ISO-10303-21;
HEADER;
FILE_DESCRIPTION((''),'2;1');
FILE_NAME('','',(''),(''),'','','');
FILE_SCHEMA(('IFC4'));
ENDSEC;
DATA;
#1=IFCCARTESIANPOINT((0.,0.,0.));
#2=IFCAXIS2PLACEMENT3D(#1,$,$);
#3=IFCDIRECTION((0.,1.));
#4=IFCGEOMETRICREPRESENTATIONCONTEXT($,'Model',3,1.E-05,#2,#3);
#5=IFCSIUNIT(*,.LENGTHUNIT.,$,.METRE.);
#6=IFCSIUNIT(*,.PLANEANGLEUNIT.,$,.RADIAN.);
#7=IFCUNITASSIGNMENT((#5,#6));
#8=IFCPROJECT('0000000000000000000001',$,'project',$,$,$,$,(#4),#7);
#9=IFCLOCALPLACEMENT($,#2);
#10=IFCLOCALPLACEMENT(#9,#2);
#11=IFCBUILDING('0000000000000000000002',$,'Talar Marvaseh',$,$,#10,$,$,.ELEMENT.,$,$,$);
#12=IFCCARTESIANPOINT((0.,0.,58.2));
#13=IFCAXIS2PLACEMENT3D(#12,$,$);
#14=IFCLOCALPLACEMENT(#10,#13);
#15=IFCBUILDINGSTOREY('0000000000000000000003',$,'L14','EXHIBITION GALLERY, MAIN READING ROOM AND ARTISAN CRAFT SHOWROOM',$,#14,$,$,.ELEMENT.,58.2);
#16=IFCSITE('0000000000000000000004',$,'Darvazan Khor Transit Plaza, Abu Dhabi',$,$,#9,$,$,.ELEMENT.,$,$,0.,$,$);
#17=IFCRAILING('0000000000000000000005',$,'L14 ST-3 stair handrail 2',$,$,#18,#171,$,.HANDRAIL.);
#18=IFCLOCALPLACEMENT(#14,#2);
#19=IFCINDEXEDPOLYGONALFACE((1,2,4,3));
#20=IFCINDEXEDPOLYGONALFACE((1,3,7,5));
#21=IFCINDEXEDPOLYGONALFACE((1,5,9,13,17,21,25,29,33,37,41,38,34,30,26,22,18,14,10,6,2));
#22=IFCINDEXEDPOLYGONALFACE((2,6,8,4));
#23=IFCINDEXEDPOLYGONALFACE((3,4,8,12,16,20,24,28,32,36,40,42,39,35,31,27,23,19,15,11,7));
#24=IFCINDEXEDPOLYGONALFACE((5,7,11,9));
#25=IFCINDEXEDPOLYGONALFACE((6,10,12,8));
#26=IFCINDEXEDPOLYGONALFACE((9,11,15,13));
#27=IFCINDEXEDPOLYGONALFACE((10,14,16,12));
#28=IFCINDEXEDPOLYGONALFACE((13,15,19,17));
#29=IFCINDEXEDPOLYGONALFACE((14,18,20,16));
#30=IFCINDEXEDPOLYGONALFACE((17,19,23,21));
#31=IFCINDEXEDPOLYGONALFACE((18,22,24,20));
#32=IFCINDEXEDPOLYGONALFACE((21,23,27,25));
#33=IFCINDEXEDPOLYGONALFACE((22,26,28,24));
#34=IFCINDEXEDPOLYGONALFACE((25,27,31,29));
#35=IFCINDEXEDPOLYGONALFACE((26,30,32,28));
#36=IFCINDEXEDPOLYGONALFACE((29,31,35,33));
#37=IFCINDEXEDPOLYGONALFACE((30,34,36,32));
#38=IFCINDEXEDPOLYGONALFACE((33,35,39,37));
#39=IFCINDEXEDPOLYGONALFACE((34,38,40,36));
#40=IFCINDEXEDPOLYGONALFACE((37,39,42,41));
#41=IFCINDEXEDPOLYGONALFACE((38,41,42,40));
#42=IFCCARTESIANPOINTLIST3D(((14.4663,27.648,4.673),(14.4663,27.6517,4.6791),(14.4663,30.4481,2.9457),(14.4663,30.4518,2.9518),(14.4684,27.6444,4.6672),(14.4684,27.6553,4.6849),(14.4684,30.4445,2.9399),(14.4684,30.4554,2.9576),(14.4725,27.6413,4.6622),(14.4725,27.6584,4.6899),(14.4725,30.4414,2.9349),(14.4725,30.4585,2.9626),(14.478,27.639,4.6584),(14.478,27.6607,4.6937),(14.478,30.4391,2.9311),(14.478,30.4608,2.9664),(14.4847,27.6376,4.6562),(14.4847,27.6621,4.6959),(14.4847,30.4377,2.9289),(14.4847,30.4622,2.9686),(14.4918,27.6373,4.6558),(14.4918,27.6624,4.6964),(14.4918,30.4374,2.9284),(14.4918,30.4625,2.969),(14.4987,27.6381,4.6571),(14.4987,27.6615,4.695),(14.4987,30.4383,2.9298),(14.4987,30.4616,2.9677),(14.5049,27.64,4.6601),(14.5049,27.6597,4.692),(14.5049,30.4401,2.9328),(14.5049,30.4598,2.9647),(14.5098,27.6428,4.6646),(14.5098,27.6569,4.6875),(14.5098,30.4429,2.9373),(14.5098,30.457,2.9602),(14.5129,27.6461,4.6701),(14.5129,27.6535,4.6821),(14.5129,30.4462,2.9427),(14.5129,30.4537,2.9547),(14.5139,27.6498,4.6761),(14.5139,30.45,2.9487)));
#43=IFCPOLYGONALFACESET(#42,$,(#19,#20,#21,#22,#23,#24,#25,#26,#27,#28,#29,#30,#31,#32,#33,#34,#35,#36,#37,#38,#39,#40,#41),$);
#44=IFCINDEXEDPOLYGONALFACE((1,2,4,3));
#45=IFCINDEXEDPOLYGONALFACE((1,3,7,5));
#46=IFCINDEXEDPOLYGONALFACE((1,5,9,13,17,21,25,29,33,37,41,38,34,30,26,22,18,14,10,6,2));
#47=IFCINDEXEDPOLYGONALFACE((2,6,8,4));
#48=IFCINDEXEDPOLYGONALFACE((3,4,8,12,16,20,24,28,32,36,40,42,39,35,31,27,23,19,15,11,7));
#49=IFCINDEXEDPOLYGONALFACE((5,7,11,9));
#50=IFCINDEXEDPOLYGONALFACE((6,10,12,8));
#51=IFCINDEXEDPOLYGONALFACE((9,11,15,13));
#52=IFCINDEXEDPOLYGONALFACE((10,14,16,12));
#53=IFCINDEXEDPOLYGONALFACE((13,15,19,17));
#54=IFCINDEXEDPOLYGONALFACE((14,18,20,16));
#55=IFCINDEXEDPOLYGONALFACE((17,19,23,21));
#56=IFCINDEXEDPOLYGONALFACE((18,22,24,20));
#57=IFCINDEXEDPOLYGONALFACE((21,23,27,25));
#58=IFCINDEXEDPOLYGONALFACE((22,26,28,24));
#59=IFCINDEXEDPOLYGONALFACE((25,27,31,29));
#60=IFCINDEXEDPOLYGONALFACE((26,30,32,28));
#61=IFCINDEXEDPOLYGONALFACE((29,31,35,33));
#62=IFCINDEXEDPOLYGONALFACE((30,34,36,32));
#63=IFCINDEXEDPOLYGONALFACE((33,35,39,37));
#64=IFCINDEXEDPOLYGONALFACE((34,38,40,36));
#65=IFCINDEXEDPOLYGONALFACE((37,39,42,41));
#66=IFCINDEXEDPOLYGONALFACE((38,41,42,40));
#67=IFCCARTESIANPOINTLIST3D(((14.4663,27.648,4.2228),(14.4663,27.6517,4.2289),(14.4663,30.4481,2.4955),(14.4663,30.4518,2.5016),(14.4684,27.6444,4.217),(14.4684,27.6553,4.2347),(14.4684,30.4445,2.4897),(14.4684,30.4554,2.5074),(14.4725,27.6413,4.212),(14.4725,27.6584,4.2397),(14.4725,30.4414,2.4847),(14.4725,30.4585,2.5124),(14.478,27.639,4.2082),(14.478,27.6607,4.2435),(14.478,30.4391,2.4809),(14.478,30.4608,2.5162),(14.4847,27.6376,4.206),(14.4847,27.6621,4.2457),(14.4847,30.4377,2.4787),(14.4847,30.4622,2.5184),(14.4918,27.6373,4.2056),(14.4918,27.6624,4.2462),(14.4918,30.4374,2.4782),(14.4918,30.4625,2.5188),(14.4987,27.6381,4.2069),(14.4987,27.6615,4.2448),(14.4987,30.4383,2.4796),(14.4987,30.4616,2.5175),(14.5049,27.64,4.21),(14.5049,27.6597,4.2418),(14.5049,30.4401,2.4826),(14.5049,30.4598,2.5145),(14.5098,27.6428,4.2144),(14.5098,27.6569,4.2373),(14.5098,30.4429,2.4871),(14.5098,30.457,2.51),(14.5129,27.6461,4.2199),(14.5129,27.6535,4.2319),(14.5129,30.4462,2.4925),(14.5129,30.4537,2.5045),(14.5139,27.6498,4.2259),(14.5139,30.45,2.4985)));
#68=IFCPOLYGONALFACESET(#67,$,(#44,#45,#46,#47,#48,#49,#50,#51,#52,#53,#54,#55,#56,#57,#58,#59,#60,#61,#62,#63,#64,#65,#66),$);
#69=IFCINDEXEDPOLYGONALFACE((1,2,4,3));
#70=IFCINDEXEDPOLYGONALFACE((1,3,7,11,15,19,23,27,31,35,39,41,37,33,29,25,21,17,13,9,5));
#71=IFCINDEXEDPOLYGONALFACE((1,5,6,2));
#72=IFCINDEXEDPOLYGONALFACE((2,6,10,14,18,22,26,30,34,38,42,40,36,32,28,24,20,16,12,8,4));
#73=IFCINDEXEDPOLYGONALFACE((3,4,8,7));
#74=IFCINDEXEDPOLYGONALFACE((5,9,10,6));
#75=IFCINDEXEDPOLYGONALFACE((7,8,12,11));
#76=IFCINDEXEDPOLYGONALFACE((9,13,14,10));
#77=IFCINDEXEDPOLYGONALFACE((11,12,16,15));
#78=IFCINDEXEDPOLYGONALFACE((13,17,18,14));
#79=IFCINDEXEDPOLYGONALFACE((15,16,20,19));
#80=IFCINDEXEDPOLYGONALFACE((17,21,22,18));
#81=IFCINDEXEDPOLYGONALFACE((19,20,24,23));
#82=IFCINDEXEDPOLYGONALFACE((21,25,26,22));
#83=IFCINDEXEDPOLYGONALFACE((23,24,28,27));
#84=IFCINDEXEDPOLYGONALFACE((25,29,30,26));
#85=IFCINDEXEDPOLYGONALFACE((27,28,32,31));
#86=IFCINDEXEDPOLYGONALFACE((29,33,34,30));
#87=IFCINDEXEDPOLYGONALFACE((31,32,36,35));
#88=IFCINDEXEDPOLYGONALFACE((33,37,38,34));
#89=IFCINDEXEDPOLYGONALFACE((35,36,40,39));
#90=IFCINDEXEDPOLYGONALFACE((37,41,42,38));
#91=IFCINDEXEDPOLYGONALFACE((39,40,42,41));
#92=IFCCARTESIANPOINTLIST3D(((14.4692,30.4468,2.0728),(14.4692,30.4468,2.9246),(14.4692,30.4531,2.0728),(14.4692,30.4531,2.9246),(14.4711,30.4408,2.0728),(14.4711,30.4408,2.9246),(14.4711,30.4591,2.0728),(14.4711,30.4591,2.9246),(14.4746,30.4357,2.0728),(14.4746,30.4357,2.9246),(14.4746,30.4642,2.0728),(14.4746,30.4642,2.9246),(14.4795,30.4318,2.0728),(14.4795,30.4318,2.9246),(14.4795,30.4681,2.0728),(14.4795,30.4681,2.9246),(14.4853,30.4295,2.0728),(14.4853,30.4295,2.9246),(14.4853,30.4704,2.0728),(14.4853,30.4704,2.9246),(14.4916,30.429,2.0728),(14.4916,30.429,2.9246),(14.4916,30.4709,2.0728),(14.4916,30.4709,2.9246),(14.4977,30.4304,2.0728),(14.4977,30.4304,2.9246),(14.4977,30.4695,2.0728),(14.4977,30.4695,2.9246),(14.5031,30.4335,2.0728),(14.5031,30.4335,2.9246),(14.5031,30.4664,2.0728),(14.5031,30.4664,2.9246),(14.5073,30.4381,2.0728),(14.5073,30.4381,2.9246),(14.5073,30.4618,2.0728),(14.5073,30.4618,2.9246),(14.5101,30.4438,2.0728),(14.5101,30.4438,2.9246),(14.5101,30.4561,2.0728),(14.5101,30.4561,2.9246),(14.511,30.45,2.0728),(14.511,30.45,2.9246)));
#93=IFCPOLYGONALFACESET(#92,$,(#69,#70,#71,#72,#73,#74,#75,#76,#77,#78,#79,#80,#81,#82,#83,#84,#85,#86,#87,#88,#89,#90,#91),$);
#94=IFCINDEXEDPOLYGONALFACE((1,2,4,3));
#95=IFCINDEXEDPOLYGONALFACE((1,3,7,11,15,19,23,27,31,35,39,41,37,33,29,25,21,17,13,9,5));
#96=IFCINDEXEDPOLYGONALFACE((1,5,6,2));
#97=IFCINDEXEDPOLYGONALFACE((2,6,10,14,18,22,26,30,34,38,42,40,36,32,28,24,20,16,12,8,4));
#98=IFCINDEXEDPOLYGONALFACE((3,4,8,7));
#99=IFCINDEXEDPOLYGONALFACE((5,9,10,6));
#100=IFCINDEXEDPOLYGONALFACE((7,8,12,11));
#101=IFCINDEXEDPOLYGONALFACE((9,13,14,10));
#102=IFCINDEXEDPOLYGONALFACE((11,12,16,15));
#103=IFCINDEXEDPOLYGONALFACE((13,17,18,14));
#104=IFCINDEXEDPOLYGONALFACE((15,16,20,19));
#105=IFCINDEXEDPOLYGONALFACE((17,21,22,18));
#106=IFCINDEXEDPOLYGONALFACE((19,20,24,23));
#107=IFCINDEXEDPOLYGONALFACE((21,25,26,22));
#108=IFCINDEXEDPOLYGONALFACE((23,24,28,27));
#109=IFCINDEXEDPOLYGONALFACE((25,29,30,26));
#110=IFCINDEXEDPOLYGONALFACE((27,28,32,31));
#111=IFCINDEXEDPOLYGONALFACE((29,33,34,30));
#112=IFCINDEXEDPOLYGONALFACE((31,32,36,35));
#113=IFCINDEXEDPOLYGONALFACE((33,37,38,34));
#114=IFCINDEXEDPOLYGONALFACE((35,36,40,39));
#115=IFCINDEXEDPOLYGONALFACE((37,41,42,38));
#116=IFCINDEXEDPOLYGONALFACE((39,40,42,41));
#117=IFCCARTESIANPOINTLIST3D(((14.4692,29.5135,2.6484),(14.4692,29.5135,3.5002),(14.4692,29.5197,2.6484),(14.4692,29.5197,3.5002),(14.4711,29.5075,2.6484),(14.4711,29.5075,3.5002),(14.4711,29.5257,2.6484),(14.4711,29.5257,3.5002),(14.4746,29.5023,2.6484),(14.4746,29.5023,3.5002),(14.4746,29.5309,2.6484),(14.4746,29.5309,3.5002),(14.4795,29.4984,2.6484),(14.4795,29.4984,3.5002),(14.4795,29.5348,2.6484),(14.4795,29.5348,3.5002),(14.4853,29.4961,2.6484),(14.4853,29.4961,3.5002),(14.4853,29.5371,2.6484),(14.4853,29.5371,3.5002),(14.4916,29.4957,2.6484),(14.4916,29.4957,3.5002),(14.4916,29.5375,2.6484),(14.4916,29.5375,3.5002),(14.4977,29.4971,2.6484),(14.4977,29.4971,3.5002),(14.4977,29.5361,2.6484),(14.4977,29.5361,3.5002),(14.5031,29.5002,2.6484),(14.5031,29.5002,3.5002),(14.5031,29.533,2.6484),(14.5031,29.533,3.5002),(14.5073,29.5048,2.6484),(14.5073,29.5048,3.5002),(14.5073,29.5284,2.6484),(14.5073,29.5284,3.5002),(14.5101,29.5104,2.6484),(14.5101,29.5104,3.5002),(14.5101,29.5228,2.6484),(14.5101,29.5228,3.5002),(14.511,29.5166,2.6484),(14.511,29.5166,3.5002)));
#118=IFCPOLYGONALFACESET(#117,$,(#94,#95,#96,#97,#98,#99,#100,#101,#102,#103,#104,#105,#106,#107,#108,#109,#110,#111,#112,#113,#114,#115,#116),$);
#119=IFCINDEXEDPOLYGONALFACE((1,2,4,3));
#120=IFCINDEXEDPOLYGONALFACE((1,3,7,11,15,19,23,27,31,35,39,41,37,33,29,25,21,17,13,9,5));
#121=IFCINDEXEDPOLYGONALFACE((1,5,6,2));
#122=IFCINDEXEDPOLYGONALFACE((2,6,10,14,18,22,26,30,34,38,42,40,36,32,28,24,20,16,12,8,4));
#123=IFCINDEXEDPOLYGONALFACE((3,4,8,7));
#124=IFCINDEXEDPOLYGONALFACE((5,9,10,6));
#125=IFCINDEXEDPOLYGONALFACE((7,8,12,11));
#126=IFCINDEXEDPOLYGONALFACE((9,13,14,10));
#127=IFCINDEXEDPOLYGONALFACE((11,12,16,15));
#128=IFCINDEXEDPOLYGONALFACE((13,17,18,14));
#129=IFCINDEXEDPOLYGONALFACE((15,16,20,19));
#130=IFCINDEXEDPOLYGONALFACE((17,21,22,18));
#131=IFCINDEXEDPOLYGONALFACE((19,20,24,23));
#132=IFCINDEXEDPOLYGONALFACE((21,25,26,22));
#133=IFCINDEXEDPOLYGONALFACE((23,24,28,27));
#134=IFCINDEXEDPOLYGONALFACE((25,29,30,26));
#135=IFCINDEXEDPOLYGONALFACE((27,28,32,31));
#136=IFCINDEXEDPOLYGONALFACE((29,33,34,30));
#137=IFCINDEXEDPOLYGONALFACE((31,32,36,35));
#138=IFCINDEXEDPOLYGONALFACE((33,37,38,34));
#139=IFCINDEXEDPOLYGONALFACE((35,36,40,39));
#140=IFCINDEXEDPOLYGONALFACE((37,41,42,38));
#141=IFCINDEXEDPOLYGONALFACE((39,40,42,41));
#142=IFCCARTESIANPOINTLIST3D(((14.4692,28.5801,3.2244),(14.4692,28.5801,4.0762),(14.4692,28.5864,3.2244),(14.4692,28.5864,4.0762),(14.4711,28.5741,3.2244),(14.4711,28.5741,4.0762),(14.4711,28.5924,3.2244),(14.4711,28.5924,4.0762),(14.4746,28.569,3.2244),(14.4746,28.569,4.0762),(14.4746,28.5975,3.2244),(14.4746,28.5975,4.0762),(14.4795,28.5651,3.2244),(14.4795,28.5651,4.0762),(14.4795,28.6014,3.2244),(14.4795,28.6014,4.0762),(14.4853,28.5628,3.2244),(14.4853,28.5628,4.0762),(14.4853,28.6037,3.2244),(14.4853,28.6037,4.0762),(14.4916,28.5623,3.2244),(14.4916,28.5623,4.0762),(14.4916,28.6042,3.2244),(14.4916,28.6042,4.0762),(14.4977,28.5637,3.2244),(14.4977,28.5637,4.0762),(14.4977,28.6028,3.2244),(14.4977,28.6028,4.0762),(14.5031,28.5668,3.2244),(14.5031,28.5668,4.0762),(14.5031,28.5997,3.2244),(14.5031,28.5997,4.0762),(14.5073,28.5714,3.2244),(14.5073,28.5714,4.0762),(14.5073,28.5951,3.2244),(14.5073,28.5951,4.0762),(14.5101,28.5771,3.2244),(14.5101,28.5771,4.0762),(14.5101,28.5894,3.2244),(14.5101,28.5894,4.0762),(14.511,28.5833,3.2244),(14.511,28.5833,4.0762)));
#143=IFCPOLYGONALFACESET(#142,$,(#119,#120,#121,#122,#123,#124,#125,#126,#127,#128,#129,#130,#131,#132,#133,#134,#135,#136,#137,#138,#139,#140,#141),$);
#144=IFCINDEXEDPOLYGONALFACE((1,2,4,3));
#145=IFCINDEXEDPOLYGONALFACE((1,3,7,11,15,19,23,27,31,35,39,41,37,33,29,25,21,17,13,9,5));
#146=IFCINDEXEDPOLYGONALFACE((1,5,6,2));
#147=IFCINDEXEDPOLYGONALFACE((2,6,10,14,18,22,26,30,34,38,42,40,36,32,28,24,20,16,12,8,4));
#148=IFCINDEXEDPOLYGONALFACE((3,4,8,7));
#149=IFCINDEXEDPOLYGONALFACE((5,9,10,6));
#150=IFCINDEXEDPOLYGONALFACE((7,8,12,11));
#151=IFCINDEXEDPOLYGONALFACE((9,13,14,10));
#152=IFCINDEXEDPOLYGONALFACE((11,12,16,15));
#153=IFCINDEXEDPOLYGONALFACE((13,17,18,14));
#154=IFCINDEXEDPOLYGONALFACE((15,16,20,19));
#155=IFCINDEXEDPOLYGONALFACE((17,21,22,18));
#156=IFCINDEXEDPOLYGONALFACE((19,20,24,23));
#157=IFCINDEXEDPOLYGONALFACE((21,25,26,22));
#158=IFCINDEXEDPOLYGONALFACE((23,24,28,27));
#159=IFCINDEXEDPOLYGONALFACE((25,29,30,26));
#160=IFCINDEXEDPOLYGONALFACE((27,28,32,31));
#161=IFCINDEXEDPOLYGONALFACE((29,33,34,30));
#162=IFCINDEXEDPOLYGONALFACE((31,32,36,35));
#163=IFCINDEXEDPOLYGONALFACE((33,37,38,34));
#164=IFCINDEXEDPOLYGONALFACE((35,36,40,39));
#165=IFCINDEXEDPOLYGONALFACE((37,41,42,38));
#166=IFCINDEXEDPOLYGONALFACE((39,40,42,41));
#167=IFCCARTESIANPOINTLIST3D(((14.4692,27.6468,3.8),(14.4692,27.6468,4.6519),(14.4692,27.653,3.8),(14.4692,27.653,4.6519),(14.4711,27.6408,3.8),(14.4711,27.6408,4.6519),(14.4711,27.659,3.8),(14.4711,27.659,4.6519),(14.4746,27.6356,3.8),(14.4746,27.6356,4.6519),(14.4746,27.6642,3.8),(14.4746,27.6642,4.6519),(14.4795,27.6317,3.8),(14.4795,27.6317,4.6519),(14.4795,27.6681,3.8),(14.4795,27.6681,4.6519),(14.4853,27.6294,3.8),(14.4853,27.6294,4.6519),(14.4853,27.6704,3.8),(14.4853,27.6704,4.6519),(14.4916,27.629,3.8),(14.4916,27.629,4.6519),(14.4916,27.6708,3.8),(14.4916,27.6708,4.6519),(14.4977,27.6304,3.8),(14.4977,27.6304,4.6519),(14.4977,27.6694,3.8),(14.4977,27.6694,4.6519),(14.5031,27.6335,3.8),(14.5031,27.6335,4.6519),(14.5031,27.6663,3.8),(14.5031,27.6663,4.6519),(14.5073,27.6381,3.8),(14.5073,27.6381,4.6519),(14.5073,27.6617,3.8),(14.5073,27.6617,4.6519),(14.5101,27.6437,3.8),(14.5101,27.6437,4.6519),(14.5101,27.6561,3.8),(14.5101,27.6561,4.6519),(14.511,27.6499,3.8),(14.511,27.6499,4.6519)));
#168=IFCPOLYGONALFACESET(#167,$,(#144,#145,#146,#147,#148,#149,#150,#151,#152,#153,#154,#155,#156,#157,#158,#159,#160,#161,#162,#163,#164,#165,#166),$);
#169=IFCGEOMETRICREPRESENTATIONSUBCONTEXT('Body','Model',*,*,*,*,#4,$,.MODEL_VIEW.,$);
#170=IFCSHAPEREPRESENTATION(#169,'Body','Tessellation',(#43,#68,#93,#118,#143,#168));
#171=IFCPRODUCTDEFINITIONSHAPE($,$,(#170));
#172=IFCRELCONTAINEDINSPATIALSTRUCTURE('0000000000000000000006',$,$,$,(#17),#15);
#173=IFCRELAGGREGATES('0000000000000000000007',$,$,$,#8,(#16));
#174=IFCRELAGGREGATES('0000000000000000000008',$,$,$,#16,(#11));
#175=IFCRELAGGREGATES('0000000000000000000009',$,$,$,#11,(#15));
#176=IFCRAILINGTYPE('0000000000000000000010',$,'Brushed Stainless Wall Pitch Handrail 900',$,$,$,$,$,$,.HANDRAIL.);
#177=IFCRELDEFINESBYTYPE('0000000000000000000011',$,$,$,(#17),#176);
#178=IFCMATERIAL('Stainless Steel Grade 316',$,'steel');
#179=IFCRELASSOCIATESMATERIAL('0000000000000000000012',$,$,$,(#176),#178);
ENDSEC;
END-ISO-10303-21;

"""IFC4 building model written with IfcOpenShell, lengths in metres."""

from ifc_helpers import new_model, si_unit, direction, frame, origin, origin_2d, place, context, subcontext, project, spatial, circle, extrude, material, type_object, element, save


model = new_model("IFC4")

# Units and contexts
model_context = context("Model", 3, precision=1e-05, world=origin(), true_north=direction((0.0, 1.0)))
body_context = subcontext(model_context, "Body", "Model", "MODEL_VIEW")
ifc_project = project(units=[si_unit("LENGTHUNIT", "METRE"), si_unit("PLANEANGLEUNIT", "RADIAN")], contexts=[model_context])

# Site, building, storey
site_placement = place(None, origin())
site = spatial("IfcSite", under=ifc_project, at=site_placement, Name="Darvazan Khor Transit Plaza, Abu Dhabi", CompositionType="ELEMENT", RefElevation=0.0)
building_placement = place(site_placement, origin())
building = spatial("IfcBuilding", under=site, at=building_placement, Name="Talar Marvaseh", CompositionType="ELEMENT")
storey_placement = place(building_placement, frame((0.0, 0.0, 58.2)))
storey = spatial("IfcBuildingStorey", under=building, at=storey_placement, Name="L14", Description="EXHIBITION GALLERY, MAIN READING ROOM AND ARTISAN CRAFT SHOWROOM", CompositionType="ELEMENT", Elevation=58.2)

# Railing
ifc_material_1 = material(Name="Stainless Steel Grade 316", Category="steel")
railing_type_1 = type_object("IfcRailingType", Name="Brushed Stainless Wall Pitch Handrail 900", PredefinedType="HANDRAIL", material=ifc_material_1)
railing_1_placement = place(storey_placement, frame((14.49, 30.45, 2.0728)))
element("IfcRailing", 1, at=railing_1_placement, inside=storey, type_object=railing_type_1, Name="L14 ST-3 stair handrail 2", PredefinedType="HANDRAIL", context=body_context, shape_type="SweptSolid", body=[
    extrude(circle(Radius=0.0239, at=origin_2d()), frame((0.0, 0.0, 0.876), z_axis=(0.0, -0.85109, 0.52502), x_axis=(1.0, 0.0, 0.0)), (0.0, 0.0, 1.0), 3.29),
    extrude(circle(Radius=0.0239, at=origin_2d()), frame((0.0, 0.0, 0.4258), z_axis=(0.0, -0.85109, 0.52502), x_axis=(1.0, 0.0, 0.0)), (0.0, 0.0, 1.0), 3.29),
    extrude(circle(Radius=0.021, at=origin_2d()), origin(), (0.0, 0.0, 1.0), 0.8518),
    extrude(circle(Radius=0.021, at=origin_2d()), frame((0.0, -0.9333, 0.5757)), (0.0, 0.0, 1.0), 0.8518),
    extrude(circle(Radius=0.021, at=origin_2d()), frame((0.0, -1.8667, 1.1516)), (0.0, 0.0, 1.0), 0.8518),
    extrude(circle(Radius=0.021, at=origin_2d()), frame((0.0, -2.8, 1.7273)), (0.0, 0.0, 1.0), 0.8518),
])

save(model, "model.ifc")
